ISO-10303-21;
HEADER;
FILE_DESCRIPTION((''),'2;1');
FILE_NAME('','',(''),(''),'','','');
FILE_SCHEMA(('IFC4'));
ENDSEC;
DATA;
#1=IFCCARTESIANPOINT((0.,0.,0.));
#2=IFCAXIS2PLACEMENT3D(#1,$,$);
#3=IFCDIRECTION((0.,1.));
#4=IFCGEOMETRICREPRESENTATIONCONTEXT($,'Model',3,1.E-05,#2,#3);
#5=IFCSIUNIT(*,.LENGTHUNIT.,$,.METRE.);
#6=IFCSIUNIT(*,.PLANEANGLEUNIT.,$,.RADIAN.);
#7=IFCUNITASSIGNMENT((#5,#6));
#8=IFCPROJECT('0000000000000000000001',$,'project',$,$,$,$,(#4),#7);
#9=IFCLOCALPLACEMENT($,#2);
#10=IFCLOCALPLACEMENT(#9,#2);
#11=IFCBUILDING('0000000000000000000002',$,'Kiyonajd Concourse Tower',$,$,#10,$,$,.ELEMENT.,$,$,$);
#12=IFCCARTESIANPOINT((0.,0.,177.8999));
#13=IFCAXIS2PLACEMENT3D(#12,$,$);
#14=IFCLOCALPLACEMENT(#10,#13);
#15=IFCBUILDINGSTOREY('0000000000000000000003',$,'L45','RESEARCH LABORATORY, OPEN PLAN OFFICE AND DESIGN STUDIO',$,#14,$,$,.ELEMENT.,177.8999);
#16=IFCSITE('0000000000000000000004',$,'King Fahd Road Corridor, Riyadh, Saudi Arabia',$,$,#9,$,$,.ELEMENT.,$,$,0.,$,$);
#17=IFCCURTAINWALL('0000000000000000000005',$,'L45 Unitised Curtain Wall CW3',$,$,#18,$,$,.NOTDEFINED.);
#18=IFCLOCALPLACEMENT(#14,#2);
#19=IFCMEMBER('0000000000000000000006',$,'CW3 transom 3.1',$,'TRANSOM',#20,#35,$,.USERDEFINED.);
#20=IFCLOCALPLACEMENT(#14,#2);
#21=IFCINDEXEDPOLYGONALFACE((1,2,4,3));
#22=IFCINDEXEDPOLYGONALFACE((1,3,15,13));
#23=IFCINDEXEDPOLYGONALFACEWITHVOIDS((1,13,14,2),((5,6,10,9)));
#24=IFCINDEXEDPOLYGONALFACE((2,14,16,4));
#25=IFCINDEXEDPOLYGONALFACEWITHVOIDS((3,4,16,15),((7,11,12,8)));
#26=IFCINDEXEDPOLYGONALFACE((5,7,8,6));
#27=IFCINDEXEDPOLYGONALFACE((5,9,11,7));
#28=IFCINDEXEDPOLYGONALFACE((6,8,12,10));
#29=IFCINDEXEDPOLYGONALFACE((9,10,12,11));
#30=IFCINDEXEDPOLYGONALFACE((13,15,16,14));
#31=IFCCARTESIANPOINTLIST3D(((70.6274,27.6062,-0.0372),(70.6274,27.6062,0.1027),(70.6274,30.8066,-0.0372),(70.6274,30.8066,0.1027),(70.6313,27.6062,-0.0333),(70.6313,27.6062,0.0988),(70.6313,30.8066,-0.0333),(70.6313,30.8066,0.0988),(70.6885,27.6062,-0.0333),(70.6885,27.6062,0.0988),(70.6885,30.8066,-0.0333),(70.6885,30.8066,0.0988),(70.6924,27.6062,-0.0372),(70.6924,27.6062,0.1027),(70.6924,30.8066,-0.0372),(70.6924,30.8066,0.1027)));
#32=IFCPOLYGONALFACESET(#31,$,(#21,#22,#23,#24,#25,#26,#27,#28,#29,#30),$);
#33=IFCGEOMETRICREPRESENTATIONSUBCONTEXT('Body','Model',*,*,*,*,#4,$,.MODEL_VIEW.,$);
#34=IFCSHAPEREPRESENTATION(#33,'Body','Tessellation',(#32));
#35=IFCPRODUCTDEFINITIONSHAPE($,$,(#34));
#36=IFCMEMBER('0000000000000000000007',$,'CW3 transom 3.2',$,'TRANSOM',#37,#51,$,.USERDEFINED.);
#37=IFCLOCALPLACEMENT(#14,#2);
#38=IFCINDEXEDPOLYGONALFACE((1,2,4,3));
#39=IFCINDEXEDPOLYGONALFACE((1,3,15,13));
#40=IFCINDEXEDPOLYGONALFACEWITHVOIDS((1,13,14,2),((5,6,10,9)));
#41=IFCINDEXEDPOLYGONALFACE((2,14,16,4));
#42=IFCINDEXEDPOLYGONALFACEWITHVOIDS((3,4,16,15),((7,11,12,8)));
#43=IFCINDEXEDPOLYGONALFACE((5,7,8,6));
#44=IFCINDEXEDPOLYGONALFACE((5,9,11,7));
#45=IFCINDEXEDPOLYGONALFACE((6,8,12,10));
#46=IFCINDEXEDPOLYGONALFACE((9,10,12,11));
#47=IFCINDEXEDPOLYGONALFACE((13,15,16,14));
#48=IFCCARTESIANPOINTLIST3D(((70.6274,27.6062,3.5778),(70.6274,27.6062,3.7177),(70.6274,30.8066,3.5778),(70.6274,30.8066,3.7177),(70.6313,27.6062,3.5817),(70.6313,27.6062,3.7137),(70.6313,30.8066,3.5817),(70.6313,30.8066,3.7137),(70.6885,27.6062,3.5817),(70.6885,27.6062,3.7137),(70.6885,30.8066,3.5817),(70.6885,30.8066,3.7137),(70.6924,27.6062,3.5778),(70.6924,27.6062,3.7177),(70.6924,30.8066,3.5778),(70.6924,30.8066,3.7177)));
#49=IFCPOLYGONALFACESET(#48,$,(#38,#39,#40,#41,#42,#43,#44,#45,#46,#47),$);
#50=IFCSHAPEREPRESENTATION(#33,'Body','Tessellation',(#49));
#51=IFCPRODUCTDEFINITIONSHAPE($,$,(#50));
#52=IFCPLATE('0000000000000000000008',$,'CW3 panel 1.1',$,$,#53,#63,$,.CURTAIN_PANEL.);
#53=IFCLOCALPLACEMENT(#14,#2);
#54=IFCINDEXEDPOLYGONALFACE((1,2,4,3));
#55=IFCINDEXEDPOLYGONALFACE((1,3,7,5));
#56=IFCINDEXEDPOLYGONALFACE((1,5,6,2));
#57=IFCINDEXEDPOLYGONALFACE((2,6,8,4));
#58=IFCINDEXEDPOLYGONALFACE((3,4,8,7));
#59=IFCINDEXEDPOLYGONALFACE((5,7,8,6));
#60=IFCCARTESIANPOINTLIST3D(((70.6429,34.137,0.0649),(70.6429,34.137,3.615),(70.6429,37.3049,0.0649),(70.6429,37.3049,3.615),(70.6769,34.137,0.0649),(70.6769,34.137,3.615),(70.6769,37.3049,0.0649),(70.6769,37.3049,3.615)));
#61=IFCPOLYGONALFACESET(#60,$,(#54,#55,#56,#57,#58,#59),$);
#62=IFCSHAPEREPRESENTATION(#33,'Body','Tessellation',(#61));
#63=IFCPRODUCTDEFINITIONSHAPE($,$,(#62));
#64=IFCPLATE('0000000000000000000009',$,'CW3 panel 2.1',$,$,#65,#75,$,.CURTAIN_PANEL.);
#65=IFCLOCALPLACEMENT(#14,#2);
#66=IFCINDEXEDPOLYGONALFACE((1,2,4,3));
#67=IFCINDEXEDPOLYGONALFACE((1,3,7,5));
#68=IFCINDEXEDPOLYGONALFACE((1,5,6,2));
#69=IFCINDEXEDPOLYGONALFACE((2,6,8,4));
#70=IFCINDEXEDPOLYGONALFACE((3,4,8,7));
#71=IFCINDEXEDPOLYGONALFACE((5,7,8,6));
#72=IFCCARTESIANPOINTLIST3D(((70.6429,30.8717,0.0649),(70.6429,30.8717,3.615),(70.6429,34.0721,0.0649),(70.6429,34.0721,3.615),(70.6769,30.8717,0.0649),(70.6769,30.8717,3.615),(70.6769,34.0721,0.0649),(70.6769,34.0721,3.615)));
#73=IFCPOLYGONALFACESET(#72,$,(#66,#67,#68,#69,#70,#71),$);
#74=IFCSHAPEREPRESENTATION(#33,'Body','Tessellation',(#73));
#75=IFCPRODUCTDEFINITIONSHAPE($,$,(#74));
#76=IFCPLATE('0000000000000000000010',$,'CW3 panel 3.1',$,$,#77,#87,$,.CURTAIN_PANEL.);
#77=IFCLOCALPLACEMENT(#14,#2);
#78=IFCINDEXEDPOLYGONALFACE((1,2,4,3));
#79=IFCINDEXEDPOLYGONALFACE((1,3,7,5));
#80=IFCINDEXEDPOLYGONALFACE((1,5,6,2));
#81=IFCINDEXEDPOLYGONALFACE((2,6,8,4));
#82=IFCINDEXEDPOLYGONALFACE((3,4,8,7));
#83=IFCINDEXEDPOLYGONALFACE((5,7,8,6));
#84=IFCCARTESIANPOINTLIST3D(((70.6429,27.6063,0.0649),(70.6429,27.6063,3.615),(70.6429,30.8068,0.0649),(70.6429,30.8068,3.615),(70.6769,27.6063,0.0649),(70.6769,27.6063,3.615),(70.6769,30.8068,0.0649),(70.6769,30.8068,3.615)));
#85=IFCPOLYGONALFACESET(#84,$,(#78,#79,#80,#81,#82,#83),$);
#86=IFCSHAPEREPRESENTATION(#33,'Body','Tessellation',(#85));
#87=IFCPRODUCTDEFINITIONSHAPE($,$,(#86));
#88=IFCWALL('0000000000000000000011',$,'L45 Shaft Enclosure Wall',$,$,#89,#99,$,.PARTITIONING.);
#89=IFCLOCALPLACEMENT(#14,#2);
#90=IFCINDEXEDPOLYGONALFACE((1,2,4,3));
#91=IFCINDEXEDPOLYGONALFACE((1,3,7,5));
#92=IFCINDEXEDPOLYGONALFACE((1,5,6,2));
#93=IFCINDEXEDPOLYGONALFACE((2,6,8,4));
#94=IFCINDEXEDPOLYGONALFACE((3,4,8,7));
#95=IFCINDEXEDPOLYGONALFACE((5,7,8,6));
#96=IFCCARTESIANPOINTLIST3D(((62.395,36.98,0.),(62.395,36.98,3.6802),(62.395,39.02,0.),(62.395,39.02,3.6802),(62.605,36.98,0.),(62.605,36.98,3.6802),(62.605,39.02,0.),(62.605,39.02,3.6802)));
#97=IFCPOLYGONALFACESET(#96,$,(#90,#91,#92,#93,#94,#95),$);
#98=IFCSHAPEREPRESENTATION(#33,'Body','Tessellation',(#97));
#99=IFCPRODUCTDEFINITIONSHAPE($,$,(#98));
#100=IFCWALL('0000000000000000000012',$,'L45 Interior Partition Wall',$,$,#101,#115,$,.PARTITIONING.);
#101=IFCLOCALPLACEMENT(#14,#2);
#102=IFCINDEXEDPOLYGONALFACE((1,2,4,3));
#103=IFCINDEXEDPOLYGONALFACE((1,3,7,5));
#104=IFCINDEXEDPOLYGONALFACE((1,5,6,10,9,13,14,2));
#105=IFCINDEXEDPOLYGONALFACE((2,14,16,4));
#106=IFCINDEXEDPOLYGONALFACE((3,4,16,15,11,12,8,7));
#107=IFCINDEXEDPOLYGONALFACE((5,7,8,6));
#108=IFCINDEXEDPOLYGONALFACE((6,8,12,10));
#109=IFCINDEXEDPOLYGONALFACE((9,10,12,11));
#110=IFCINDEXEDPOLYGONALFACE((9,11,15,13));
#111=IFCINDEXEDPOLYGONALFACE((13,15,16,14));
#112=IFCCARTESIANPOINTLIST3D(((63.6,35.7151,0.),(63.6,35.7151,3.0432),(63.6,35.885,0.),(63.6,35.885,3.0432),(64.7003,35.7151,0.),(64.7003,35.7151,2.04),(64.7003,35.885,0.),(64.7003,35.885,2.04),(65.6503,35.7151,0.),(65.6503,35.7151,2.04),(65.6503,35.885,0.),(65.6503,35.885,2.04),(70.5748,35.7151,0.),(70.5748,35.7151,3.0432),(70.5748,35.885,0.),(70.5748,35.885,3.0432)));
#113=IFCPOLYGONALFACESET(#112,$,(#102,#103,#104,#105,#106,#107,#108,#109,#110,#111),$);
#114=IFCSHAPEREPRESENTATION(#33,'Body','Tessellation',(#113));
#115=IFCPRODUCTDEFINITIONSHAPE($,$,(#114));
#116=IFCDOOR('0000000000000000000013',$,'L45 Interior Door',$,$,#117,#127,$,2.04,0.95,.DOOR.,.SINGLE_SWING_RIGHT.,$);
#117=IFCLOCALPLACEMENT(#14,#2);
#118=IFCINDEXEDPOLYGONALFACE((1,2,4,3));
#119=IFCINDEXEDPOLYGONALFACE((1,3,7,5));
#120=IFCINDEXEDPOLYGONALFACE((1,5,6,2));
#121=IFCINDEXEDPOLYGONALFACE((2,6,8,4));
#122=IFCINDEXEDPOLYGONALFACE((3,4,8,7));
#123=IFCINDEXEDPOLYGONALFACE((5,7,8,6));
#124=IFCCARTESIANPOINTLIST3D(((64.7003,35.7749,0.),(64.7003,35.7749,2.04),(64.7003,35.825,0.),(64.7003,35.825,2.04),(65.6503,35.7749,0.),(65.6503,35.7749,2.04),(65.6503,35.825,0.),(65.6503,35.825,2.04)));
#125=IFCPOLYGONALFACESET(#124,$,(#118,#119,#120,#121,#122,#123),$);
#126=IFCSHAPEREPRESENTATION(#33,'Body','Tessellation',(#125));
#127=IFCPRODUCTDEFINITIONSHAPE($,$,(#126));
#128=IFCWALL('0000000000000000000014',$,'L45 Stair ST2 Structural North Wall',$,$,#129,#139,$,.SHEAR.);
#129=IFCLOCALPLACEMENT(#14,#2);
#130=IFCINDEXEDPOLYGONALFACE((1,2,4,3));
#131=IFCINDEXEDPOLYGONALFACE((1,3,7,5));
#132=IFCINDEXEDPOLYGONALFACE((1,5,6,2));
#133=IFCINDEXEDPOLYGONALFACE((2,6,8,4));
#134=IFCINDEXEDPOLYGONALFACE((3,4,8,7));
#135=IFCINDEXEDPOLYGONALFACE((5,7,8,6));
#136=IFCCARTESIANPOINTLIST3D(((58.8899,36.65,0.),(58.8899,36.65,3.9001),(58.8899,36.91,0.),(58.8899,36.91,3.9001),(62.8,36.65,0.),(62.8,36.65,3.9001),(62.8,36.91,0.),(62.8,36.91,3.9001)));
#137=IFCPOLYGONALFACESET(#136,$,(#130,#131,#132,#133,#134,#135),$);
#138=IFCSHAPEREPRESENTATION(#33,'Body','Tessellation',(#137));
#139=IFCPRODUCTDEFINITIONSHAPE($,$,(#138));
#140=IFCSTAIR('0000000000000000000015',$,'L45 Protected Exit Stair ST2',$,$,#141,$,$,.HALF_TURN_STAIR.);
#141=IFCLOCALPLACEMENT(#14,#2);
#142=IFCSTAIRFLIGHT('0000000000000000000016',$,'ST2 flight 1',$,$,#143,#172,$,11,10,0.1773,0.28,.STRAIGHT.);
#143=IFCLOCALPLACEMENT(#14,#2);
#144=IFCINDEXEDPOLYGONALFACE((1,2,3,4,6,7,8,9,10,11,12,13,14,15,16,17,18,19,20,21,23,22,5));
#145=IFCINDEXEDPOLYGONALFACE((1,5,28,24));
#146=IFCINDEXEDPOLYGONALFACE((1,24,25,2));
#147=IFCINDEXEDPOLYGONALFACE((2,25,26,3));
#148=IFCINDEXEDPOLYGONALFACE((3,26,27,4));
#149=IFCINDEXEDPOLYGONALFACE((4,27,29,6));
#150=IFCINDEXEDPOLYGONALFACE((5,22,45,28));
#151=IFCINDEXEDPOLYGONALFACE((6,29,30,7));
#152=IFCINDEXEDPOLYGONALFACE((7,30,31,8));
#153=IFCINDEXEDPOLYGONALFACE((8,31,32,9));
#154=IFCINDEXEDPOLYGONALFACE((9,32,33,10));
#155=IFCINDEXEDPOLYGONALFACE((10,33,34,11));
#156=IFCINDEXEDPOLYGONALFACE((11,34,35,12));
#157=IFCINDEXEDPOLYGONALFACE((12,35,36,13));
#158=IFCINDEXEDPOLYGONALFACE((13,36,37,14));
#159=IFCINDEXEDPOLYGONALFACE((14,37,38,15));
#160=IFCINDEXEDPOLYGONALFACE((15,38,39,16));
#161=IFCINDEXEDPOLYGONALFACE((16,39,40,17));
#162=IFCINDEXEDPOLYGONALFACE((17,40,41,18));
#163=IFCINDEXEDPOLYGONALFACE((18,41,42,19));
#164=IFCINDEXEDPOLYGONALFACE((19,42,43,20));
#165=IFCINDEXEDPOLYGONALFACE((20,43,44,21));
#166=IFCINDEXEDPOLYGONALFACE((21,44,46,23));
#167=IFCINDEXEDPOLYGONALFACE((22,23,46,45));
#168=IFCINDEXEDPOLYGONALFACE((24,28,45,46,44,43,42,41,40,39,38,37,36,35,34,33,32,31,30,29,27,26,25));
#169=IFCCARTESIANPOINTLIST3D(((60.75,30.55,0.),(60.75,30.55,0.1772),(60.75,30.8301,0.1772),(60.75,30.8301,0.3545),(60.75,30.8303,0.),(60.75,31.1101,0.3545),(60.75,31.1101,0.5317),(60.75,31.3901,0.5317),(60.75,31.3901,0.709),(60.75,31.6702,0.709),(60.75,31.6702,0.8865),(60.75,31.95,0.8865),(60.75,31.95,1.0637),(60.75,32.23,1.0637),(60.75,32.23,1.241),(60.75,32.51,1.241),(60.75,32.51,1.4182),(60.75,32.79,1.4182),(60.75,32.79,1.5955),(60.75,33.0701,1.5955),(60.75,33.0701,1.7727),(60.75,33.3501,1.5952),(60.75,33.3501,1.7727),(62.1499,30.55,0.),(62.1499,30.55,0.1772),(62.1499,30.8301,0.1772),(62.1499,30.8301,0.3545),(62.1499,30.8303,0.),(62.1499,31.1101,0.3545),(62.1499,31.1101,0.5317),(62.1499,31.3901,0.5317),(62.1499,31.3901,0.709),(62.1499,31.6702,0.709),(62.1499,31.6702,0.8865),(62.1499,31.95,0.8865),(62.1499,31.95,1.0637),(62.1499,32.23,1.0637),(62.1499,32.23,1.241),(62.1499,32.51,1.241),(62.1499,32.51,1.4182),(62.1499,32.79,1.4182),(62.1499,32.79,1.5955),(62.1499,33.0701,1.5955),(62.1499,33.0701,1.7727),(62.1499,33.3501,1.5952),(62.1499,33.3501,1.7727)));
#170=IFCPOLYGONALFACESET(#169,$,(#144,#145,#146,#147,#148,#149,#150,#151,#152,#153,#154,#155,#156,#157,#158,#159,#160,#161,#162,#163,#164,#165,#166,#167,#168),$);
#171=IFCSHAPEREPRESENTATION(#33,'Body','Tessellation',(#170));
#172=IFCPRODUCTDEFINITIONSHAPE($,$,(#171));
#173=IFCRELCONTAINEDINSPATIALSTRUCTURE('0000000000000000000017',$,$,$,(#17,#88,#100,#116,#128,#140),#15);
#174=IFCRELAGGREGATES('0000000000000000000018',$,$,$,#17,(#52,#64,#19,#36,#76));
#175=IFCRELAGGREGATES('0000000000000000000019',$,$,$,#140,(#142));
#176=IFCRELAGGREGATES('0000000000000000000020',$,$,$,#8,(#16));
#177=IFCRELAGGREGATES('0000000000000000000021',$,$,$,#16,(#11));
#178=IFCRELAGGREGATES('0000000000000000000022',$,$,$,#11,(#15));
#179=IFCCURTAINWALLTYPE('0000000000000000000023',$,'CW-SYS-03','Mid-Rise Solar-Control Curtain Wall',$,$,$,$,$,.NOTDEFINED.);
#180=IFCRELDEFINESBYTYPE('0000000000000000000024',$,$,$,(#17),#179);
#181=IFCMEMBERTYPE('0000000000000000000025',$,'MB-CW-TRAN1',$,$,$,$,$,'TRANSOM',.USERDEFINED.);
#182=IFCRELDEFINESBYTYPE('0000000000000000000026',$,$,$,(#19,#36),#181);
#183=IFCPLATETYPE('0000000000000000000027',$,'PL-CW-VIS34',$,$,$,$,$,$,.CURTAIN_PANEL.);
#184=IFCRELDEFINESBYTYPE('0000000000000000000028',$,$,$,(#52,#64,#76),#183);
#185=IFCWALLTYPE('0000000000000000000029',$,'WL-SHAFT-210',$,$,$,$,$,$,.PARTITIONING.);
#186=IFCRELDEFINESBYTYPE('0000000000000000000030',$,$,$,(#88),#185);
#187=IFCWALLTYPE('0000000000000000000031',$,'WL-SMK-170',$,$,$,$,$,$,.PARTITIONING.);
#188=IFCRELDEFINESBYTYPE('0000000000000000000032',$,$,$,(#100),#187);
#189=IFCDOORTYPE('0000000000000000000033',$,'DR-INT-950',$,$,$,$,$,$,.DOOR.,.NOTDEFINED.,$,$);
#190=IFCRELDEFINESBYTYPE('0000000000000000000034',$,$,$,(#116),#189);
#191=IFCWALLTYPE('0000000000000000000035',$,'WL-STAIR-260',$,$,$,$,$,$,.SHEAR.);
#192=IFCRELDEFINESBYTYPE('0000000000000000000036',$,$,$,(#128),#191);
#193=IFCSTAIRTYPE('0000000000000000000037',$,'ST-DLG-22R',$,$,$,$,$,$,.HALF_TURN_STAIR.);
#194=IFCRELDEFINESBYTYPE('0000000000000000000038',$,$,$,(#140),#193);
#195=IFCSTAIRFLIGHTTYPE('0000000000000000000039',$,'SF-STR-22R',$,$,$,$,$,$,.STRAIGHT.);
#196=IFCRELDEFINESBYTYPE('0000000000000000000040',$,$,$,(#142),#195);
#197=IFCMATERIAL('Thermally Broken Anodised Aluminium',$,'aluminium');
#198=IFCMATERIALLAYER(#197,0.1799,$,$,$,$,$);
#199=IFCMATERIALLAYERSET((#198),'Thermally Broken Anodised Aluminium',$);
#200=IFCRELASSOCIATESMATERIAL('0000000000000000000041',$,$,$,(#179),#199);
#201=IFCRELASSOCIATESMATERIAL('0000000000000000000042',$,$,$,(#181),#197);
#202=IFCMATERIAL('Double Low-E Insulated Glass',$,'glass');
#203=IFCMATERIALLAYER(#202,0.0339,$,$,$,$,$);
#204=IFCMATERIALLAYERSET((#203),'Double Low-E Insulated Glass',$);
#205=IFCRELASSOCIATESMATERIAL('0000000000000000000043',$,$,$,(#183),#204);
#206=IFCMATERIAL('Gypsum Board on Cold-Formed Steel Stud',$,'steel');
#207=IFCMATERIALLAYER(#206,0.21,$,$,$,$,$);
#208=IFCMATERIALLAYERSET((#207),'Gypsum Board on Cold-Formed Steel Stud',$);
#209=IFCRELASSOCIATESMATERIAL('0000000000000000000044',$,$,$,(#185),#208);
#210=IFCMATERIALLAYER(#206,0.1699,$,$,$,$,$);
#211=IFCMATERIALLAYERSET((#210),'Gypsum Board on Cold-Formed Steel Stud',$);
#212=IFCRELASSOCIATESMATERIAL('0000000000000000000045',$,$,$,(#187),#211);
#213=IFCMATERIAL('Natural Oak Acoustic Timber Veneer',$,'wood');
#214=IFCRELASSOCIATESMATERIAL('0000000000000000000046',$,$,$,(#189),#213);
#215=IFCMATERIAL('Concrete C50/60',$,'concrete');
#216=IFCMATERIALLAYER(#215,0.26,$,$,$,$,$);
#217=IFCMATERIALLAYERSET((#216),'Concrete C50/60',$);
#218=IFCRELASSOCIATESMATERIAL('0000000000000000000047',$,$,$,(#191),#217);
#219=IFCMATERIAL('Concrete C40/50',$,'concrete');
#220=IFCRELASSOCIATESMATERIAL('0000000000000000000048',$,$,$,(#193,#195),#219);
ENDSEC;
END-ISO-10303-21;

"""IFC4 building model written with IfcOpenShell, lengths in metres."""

from ifc_helpers import new_model, si_unit, direction, frame, frame_2d, origin, origin_2d, place, context, subcontext, project, spatial, polyline, rectangle, hollow_rectangle, outline, extrude, material, layer, layer_set, material_profile, profile_set, type_object, element, fill, aggregate, save


model = new_model("IFC4")

# Units and contexts
model_context = context("Model", 3, precision=1e-05, world=origin(), true_north=direction((0.0, 1.0)))
body_context = subcontext(model_context, "Body", "Model", "MODEL_VIEW")
ifc_project = project(units=[si_unit("LENGTHUNIT", "METRE"), si_unit("PLANEANGLEUNIT", "RADIAN")], contexts=[model_context])

# Site, building, storey
site_placement = place(None, origin())
site = spatial("IfcSite", under=ifc_project, at=site_placement, Name="King Fahd Road Corridor, Riyadh, Saudi Arabia", CompositionType="ELEMENT", RefElevation=0.0)
building_placement = place(site_placement, origin())
building = spatial("IfcBuilding", under=site, at=building_placement, Name="Kiyonajd Concourse Tower", CompositionType="ELEMENT")
storey_placement = place(building_placement, frame((0.0, 0.0, 177.8999)))
storey = spatial("IfcBuildingStorey", under=building, at=storey_placement, Name="L45", Description="RESEARCH LABORATORY, OPEN PLAN OFFICE AND DESIGN STUDIO", CompositionType="ELEMENT", Elevation=177.8999)

# Shared definitions
ifc_material_1 = material(Name="Concrete C50/60", Category="concrete")

# Curtain wall, members, plates
ifc_material_2 = material(Name="Thermally Broken Anodised Aluminium", Category="aluminium")
ifc_layer_1 = layer(ifc_material_2, 0.1799)
ifc_layer_set_1 = layer_set([ifc_layer_1], Name="Thermally Broken Anodised Aluminium")
curtain_wall_type = type_object("IfcCurtainWallType", Name="CW-SYS-03", Description="Mid-Rise Solar-Control Curtain Wall", PredefinedType="NOTDEFINED", material=ifc_layer_set_1)
curtain_wall_placement = place(storey_placement, origin())
curtain_wall = element("IfcCurtainWall", 1, at=curtain_wall_placement, inside=storey, type_object=curtain_wall_type, Name="L45 Unitised Curtain Wall CW3", PredefinedType="NOTDEFINED")
ifc_material_profile_1 = material_profile(ifc_material_2, hollow_rectangle(XDim=0.0649, YDim=0.1399, WallThickness=0.0039, at=origin_2d()), Name="TRAN-65x140")
ifc_profile_set_1 = profile_set([ifc_material_profile_1], Name="Thermally Broken Anodised Aluminium")
member_type_1 = type_object("IfcMemberType", Name="MB-CW-TRAN1", ElementType="TRANSOM", PredefinedType="USERDEFINED", material=ifc_profile_set_1)
member_1_placement = place(storey_placement, frame((70.6599, 30.8066, 0.0327), z_axis=(0.0, -1.0, 0.0), x_axis=(1.0, 0.0, 0.0)))
member_1 = element("IfcMember", 2, at=member_1_placement, type_object=member_type_1, Name="CW3 transom 3.1", ObjectType="TRANSOM", PredefinedType="USERDEFINED", context=body_context, shape_type="SweptSolid", body=[
    extrude(hollow_rectangle(XDim=0.0649, YDim=0.1399, WallThickness=0.0039, at=origin_2d()), origin(), (0.0, 0.0, 1.0), 3.2004),
])
member_2_placement = place(storey_placement, frame((70.6599, 30.8066, 3.6477), z_axis=(0.0, -1.0, 0.0), x_axis=(1.0, 0.0, 0.0)))
member_2 = element("IfcMember", 3, at=member_2_placement, type_object=member_type_1, Name="CW3 transom 3.2", ObjectType="TRANSOM", PredefinedType="USERDEFINED", context=body_context, shape_type="SweptSolid", body=[
    extrude(hollow_rectangle(XDim=0.0649, YDim=0.1399, WallThickness=0.0039, at=origin_2d()), origin(), (0.0, 0.0, 1.0), 3.2004),
])
ifc_material_3 = material(Name="Double Low-E Insulated Glass", Category="glass")
ifc_layer_2 = layer(ifc_material_3, 0.0339)
ifc_layer_set_2 = layer_set([ifc_layer_2], Name="Double Low-E Insulated Glass")
plate_type = type_object("IfcPlateType", Name="PL-CW-VIS34", PredefinedType="CURTAIN_PANEL", material=ifc_layer_set_2)
plate_1_placement = place(storey_placement, frame((70.6599, 35.7209, 0.0649), z_axis=(0.0, 0.0, 1.0), x_axis=(0.0, -1.0, 0.0)))
plate_1 = element("IfcPlate", 4, at=plate_1_placement, type_object=plate_type, Name="CW3 panel 1.1", PredefinedType="CURTAIN_PANEL", context=body_context, shape_type="SweptSolid", body=[
    extrude(rectangle(XDim=3.168, YDim=0.0339, at=origin_2d()), origin(), (0.0, 0.0, 1.0), 3.55),
])
plate_2_placement = place(storey_placement, frame((70.6599, 32.4719, 0.0649), z_axis=(0.0, 0.0, 1.0), x_axis=(0.0, -1.0, 0.0)))
plate_2 = element("IfcPlate", 5, at=plate_2_placement, type_object=plate_type, Name="CW3 panel 2.1", PredefinedType="CURTAIN_PANEL", context=body_context, shape_type="SweptSolid", body=[
    extrude(rectangle(XDim=3.2004, YDim=0.0339, at=origin_2d()), origin(), (0.0, 0.0, 1.0), 3.55),
])
plate_3_placement = place(storey_placement, frame((70.6599, 29.2065, 0.0649), z_axis=(0.0, 0.0, 1.0), x_axis=(0.0, -1.0, 0.0)))
plate_3 = element("IfcPlate", 6, at=plate_3_placement, type_object=plate_type, Name="CW3 panel 3.1", PredefinedType="CURTAIN_PANEL", context=body_context, shape_type="SweptSolid", body=[
    extrude(rectangle(XDim=3.2004, YDim=0.0339, at=origin_2d()), origin(), (0.0, 0.0, 1.0), 3.55),
])
aggregate(curtain_wall, [plate_1, plate_2, member_1, member_2, plate_3])

# Wall
ifc_material_4 = material(Name="Gypsum Board on Cold-Formed Steel Stud", Category="steel")
ifc_layer_3 = layer(ifc_material_4, 0.21)
ifc_layer_set_3 = layer_set([ifc_layer_3], Name="Gypsum Board on Cold-Formed Steel Stud")
wall_type_1 = type_object("IfcWallType", Name="WL-SHAFT-210", PredefinedType="PARTITIONING", material=ifc_layer_set_3)
wall_1_placement = place(storey_placement, frame((62.5, 36.98, 0.0), z_axis=(0.0, 0.0, 1.0), x_axis=(0.0, 1.0, 0.0)))
element("IfcWall", 7, at=wall_1_placement, inside=storey, type_object=wall_type_1, Name="L45 Shaft Enclosure Wall", PredefinedType="PARTITIONING", context=body_context, shape_type="SweptSolid", body=[
    extrude(rectangle(XDim=2.04, YDim=0.21, at=frame_2d((1.02, 0.0))), origin(), (0.0, 0.0, 1.0), 3.6802),
])

# Wall, opening, door
ifc_layer_4 = layer(ifc_material_4, 0.1699)
ifc_layer_set_4 = layer_set([ifc_layer_4], Name="Gypsum Board on Cold-Formed Steel Stud")
wall_type_2 = type_object("IfcWallType", Name="WL-SMK-170", PredefinedType="PARTITIONING", material=ifc_layer_set_4)
wall_2_placement = place(storey_placement, frame((63.6001, 35.8, 0.0), z_axis=(0.0, 0.0, 1.0), x_axis=(1.0, 0.0, 0.0)))
wall_2 = element("IfcWall", 8, at=wall_2_placement, inside=storey, type_object=wall_type_2, Name="L45 Interior Partition Wall", PredefinedType="PARTITIONING", context=body_context, shape_type="SweptSolid", body=[
    extrude(rectangle(XDim=6.9749, YDim=0.1699, at=frame_2d((3.4873, 0.0))), origin(), (0.0, 0.0, 1.0), 3.0432),
])
opening_placement = place(wall_2_placement, frame((1.1001, 0.0, 0.0)))
opening = element("IfcOpeningElement", 9, at=opening_placement, cuts=wall_2, PredefinedType="OPENING", context=body_context, shape_type="SweptSolid", body=[
    extrude(rectangle(XDim=0.95, YDim=2.04, at=frame_2d((0.4751, 1.02))), frame((0.0, 0.095, 0.0), z_axis=(0.0, -1.0, 0.0), x_axis=(1.0, 0.0, 0.0)), (0.0, 0.0, 1.0), 0.1899),
])
ifc_material_5 = material(Name="Natural Oak Acoustic Timber Veneer", Category="wood")
door_type = type_object("IfcDoorType", Name="DR-INT-950", OperationType="NOTDEFINED", PredefinedType="DOOR", material=ifc_material_5)
door_placement = place(opening_placement, origin())
door = element("IfcDoor", 10, at=door_placement, inside=storey, type_object=door_type, Name="L45 Interior Door", OperationType="SINGLE_SWING_RIGHT", OverallHeight=2.04, OverallWidth=0.95, PredefinedType="DOOR", context=body_context, shape_type="SweptSolid", body=[
    extrude(rectangle(XDim=0.95, YDim=2.04, at=frame_2d((0.4751, 1.02))), frame((0.0, 0.0249, 0.0), z_axis=(0.0, -1.0, 0.0), x_axis=(1.0, 0.0, 0.0)), (0.0, 0.0, 1.0), 0.05),
])
fill(opening, door)

# Wall
ifc_layer_5 = layer(ifc_material_1, 0.26)
ifc_layer_set_5 = layer_set([ifc_layer_5], Name="Concrete C50/60")
wall_type_3 = type_object("IfcWallType", Name="WL-STAIR-260", PredefinedType="SHEAR", material=ifc_layer_set_5)
wall_3_placement = place(storey_placement, frame((58.8899, 36.78, 0.0), z_axis=(0.0, 0.0, 1.0), x_axis=(1.0, 0.0, 0.0)))
element("IfcWall", 11, at=wall_3_placement, inside=storey, type_object=wall_type_3, Name="L45 Stair ST2 Structural North Wall", PredefinedType="SHEAR", context=body_context, shape_type="SweptSolid", body=[
    extrude(rectangle(XDim=3.9102, YDim=0.26, at=frame_2d((1.9551, 0.0))), origin(), (0.0, 0.0, 1.0), 3.9001),
])

# Stair, stair flight
ifc_material_6 = material(Name="Concrete C40/50", Category="concrete")
stair_type = type_object("IfcStairType", Name="ST-DLG-22R", PredefinedType="HALF_TURN_STAIR", material=ifc_material_6)
stair_placement = place(storey_placement, origin())
stair = element("IfcStair", 12, at=stair_placement, inside=storey, type_object=stair_type, Name="L45 Protected Exit Stair ST2", PredefinedType="HALF_TURN_STAIR")
stair_flight_type = type_object("IfcStairFlightType", Name="SF-STR-22R", PredefinedType="STRAIGHT", material=ifc_material_6)
stair_flight_1_placement = place(storey_placement, frame((61.45, 30.55, 0.0), z_axis=(0.0, 0.0, 1.0), x_axis=(0.0, 1.0, 0.0)))
stair_flight_1 = element("IfcStairFlight", 13, at=stair_flight_1_placement, type_object=stair_flight_type, Name="ST2 flight 1", NumberOfRisers=11, NumberOfTreads=10, PredefinedType="STRAIGHT", RiserHeight=0.1773, TreadLength=0.28, context=body_context, shape_type="SweptSolid", body=[
    extrude(outline(polyline([(0.0, 0.0), (0.0, 0.1772), (0.28, 0.1772), (0.28, 0.3545), (0.5601, 0.3545), (0.5601, 0.5317), (0.8401, 0.5317), (0.8401, 0.709), (1.1201, 0.709), (1.1201, 0.8865), (1.3999, 0.8865), (1.3999, 1.0637), (1.6799, 1.0637), (1.6799, 1.241), (1.96, 1.241), (1.96, 1.4182), (2.24, 1.4182), (2.24, 1.5955), (2.52, 1.5955), (2.52, 1.7727), (2.8, 1.7727), (2.8, 1.95), (2.8, 1.5952), (0.2803, 0.0), (0.0, 0.0)])), frame((0.0, 0.7, 0.0), z_axis=(0.0, -1.0, 0.0), x_axis=(1.0, 0.0, 0.0)), (0.0, 0.0, 1.0), 1.3999),
])
aggregate(stair, [stair_flight_1])

save(model, "model.ifc")
